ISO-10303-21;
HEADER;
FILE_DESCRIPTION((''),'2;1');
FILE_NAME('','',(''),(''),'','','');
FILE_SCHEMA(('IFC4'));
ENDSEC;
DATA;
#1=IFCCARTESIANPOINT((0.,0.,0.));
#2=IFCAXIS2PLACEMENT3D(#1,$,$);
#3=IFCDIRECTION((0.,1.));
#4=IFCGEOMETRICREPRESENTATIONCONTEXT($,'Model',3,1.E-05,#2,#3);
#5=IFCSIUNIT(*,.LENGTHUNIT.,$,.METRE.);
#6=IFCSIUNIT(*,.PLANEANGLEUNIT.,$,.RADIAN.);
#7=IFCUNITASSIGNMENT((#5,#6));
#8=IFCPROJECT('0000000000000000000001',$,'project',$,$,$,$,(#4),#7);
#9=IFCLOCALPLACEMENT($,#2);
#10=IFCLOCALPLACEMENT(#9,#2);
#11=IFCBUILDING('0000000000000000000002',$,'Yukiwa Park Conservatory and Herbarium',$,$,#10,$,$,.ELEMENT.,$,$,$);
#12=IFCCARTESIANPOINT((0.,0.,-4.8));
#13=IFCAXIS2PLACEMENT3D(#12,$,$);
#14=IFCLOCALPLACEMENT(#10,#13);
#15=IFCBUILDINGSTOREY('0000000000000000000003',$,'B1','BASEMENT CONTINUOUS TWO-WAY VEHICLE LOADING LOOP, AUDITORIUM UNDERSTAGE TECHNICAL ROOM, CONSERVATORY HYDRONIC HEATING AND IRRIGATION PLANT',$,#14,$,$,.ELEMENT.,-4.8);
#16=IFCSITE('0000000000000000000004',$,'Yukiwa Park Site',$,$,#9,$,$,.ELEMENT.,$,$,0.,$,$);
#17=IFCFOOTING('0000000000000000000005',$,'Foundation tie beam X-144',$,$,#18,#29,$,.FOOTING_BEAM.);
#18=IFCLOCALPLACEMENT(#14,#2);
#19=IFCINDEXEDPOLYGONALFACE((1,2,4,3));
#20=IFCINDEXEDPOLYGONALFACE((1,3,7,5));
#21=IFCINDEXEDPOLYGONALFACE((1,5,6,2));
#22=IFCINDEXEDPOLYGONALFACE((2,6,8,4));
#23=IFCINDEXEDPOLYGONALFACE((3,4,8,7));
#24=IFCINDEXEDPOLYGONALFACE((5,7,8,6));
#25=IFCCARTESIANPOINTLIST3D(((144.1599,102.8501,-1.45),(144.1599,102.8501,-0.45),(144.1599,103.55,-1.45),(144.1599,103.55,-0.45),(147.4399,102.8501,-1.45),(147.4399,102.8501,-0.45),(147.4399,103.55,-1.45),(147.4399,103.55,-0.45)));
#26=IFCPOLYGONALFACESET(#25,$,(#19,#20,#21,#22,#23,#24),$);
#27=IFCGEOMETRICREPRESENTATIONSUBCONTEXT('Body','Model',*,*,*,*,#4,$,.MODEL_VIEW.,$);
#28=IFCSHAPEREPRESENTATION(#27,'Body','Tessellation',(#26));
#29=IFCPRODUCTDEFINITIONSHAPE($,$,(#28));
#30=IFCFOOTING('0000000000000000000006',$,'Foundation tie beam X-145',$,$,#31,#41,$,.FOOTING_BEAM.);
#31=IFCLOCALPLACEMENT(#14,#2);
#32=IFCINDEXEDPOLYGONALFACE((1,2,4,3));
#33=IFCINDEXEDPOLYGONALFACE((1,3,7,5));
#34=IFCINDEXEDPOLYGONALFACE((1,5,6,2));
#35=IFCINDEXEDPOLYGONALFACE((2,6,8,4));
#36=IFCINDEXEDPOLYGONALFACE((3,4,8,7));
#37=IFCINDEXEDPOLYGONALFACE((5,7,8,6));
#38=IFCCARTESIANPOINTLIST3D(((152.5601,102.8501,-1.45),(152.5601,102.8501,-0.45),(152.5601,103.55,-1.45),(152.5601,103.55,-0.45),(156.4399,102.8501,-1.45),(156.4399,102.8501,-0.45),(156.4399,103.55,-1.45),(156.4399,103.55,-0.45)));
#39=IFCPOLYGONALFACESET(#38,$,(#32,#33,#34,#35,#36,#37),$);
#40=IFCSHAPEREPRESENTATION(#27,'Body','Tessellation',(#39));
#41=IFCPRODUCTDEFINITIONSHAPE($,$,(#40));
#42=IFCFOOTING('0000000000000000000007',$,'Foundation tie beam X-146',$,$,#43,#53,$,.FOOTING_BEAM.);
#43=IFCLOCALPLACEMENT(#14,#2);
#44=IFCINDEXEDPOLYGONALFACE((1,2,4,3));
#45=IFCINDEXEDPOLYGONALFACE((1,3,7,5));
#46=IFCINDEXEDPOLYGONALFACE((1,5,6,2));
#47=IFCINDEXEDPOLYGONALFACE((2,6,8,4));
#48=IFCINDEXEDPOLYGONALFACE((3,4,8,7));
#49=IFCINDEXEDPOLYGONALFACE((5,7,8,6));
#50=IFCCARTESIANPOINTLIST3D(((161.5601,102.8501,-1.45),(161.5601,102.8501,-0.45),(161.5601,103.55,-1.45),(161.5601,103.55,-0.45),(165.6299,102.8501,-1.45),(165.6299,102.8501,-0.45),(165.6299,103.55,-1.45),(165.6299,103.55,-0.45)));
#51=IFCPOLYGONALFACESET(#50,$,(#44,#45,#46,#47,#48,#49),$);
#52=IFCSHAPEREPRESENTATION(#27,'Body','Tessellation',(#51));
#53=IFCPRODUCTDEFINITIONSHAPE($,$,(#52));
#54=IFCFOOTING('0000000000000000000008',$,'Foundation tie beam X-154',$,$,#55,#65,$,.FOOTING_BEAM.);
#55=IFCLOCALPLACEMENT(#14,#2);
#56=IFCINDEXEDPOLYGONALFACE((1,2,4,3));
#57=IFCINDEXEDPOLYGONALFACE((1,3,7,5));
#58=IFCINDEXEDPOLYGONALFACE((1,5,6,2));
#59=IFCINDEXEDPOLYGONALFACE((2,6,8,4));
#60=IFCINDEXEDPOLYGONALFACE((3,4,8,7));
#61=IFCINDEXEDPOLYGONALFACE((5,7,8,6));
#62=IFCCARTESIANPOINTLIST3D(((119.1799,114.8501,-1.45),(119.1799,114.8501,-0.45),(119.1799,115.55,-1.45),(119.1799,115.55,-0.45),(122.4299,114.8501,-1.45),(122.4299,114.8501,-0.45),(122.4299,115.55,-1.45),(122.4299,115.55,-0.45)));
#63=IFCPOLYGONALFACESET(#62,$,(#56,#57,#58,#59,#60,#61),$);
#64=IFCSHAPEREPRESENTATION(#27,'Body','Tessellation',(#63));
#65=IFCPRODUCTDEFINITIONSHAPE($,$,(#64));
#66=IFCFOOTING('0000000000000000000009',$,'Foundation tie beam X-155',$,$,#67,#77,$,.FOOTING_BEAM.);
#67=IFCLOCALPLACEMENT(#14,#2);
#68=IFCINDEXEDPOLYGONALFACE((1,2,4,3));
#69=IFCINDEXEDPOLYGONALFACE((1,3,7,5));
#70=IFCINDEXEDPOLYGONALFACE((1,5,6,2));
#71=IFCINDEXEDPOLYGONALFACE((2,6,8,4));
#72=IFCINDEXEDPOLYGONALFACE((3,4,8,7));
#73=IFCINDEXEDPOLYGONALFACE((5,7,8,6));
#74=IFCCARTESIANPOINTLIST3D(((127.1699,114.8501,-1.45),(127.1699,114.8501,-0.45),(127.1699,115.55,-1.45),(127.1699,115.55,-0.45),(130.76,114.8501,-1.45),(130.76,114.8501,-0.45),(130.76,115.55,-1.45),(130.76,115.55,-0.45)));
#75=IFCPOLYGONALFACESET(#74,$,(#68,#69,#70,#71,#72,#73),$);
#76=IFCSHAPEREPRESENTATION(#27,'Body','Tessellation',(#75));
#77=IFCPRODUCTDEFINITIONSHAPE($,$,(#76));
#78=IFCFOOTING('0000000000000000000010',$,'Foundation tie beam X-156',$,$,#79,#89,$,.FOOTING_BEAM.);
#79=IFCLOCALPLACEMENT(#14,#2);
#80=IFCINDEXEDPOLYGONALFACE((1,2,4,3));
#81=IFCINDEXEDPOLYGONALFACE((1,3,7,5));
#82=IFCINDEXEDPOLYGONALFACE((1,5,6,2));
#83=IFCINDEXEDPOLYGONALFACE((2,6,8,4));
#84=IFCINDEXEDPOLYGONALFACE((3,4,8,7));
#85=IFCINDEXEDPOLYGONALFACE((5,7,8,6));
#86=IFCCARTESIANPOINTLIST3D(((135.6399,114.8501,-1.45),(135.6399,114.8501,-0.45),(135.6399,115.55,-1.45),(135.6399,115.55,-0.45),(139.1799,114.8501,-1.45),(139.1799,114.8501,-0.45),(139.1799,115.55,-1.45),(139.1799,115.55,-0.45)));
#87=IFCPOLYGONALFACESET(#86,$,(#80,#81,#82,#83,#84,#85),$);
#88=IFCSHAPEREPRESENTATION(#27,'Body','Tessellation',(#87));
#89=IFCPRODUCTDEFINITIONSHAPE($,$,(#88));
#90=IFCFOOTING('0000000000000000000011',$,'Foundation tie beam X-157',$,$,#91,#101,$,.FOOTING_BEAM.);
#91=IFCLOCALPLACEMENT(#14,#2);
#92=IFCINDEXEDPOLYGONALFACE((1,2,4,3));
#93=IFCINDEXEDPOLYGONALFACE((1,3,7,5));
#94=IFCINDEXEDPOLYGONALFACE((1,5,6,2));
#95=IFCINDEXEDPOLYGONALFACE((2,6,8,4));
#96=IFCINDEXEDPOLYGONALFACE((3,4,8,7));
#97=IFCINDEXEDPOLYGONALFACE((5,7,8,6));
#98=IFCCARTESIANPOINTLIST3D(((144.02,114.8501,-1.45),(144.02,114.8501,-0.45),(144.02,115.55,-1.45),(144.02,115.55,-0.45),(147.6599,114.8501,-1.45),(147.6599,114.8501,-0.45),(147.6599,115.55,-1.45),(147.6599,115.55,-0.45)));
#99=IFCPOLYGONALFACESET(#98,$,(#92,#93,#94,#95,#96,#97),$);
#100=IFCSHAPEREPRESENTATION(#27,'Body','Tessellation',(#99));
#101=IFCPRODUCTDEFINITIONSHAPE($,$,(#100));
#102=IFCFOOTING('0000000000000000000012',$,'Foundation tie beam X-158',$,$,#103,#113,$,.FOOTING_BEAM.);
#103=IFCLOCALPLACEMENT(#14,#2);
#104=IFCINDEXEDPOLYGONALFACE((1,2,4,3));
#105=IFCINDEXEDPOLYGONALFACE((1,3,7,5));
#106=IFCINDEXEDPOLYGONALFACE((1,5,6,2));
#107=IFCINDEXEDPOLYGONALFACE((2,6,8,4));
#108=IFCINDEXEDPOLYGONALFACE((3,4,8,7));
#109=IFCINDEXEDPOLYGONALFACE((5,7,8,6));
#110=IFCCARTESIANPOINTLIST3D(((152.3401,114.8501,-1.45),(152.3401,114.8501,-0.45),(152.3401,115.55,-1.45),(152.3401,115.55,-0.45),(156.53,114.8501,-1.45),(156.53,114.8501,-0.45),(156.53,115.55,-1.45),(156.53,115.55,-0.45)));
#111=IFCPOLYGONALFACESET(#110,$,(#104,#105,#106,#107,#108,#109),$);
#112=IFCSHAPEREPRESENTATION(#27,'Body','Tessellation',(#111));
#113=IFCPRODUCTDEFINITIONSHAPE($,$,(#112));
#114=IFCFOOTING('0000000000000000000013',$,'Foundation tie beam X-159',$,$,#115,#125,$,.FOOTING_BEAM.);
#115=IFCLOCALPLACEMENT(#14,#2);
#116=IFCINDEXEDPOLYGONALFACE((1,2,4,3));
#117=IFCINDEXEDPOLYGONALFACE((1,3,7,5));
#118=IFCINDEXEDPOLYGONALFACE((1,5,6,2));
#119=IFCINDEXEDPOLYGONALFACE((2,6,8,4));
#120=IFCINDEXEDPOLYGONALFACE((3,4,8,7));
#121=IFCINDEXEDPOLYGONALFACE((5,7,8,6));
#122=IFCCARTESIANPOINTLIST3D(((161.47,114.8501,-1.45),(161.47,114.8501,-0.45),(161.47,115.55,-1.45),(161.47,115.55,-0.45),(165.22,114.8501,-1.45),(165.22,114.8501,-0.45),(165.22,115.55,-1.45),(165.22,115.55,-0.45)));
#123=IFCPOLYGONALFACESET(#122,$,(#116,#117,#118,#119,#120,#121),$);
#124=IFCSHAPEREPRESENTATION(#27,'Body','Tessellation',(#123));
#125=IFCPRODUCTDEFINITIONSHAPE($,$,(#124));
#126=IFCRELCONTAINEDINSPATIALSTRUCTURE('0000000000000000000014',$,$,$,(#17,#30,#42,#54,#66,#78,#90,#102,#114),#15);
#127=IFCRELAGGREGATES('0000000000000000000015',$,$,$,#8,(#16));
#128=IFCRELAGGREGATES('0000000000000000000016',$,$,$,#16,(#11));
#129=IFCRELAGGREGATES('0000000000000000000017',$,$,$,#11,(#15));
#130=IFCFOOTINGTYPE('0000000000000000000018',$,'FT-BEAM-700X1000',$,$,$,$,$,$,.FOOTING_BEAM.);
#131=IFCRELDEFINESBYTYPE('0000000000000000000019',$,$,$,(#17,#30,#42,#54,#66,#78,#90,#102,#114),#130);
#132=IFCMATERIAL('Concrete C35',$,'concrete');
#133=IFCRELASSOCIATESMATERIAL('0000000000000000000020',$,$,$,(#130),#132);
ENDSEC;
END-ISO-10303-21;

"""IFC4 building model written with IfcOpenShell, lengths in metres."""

from ifc_helpers import new_model, si_unit, direction, frame, origin, place, context, subcontext, project, spatial, polyline, outline, extrude, material, type_object, element, save


model = new_model("IFC4")

# Units and contexts
model_context = context("Model", 3, precision=1e-05, world=origin(), true_north=direction((0.0, 1.0)))
body_context = subcontext(model_context, "Body", "Model", "MODEL_VIEW")
ifc_project = project(units=[si_unit("LENGTHUNIT", "METRE"), si_unit("PLANEANGLEUNIT", "RADIAN")], contexts=[model_context])

# Site, building, storey
site_placement = place(None, origin())
site = spatial("IfcSite", under=ifc_project, at=site_placement, Name="Yukiwa Park Site", CompositionType="ELEMENT", RefElevation=0.0)
building_placement = place(site_placement, origin())
building = spatial("IfcBuilding", under=site, at=building_placement, Name="Yukiwa Park Conservatory and Herbarium", CompositionType="ELEMENT")
storey_placement = place(building_placement, frame((0.0, 0.0, -4.8)))
storey = spatial("IfcBuildingStorey", under=building, at=storey_placement, Name="B1", Description="BASEMENT CONTINUOUS TWO-WAY VEHICLE LOADING LOOP, AUDITORIUM UNDERSTAGE TECHNICAL ROOM, CONSERVATORY HYDRONIC HEATING AND IRRIGATION PLANT", CompositionType="ELEMENT", Elevation=-4.8)

# Footings
ifc_material_1 = material(Name="Concrete C35", Category="concrete")
footing_type_1 = type_object("IfcFootingType", Name="FT-BEAM-700X1000", PredefinedType="FOOTING_BEAM", material=ifc_material_1)
footing_1_placement = place(storey_placement, frame((0.0, 0.0, -1.45)))
element("IfcFooting", 1, at=footing_1_placement, inside=storey, type_object=footing_type_1, Name="Foundation tie beam X-144", PredefinedType="FOOTING_BEAM", context=body_context, shape_type="SweptSolid", body=[
    extrude(outline(polyline([(144.1599, 102.8501), (147.4399, 102.8501), (147.4399, 103.55), (144.1599, 103.55), (144.1599, 102.8501)])), origin(), (0.0, 0.0, 1.0), 1.0),
])
footing_2_placement = place(storey_placement, frame((0.0, 0.0, -1.45)))
element("IfcFooting", 2, at=footing_2_placement, inside=storey, type_object=footing_type_1, Name="Foundation tie beam X-145", PredefinedType="FOOTING_BEAM", context=body_context, shape_type="SweptSolid", body=[
    extrude(outline(polyline([(152.5601, 102.8501), (156.4399, 102.8501), (156.4399, 103.55), (152.5601, 103.55), (152.5601, 102.8501)])), origin(), (0.0, 0.0, 1.0), 1.0),
])
footing_3_placement = place(storey_placement, frame((0.0, 0.0, -1.45)))
element("IfcFooting", 3, at=footing_3_placement, inside=storey, type_object=footing_type_1, Name="Foundation tie beam X-146", PredefinedType="FOOTING_BEAM", context=body_context, shape_type="SweptSolid", body=[
    extrude(outline(polyline([(161.5601, 102.8501), (165.6299, 102.8501), (165.6299, 103.55), (161.5601, 103.55), (161.5601, 102.8501)])), origin(), (0.0, 0.0, 1.0), 1.0),
])
footing_4_placement = place(storey_placement, frame((0.0, 0.0, -1.45)))
element("IfcFooting", 4, at=footing_4_placement, inside=storey, type_object=footing_type_1, Name="Foundation tie beam X-154", PredefinedType="FOOTING_BEAM", context=body_context, shape_type="SweptSolid", body=[
    extrude(outline(polyline([(119.1799, 114.8501), (122.4299, 114.8501), (122.4299, 115.55), (119.1799, 115.55), (119.1799, 114.8501)])), origin(), (0.0, 0.0, 1.0), 1.0),
])
footing_5_placement = place(storey_placement, frame((0.0, 0.0, -1.45)))
element("IfcFooting", 5, at=footing_5_placement, inside=storey, type_object=footing_type_1, Name="Foundation tie beam X-155", PredefinedType="FOOTING_BEAM", context=body_context, shape_type="SweptSolid", body=[
    extrude(outline(polyline([(127.1699, 114.8501), (130.76, 114.8501), (130.76, 115.55), (127.1699, 115.55), (127.1699, 114.8501)])), origin(), (0.0, 0.0, 1.0), 1.0),
])
footing_6_placement = place(storey_placement, frame((0.0, 0.0, -1.45)))
element("IfcFooting", 6, at=footing_6_placement, inside=storey, type_object=footing_type_1, Name="Foundation tie beam X-156", PredefinedType="FOOTING_BEAM", context=body_context, shape_type="SweptSolid", body=[
    extrude(outline(polyline([(135.6399, 114.8501), (139.1799, 114.8501), (139.1799, 115.55), (135.6399, 115.55), (135.6399, 114.8501)])), origin(), (0.0, 0.0, 1.0), 1.0),
])
footing_7_placement = place(storey_placement, frame((0.0, 0.0, -1.45)))
element("IfcFooting", 7, at=footing_7_placement, inside=storey, type_object=footing_type_1, Name="Foundation tie beam X-157", PredefinedType="FOOTING_BEAM", context=body_context, shape_type="SweptSolid", body=[
    extrude(outline(polyline([(144.02, 114.8501), (147.6599, 114.8501), (147.6599, 115.55), (144.02, 115.55), (144.02, 114.8501)])), origin(), (0.0, 0.0, 1.0), 1.0),
])
footing_8_placement = place(storey_placement, frame((0.0, 0.0, -1.45)))
element("IfcFooting", 8, at=footing_8_placement, inside=storey, type_object=footing_type_1, Name="Foundation tie beam X-158", PredefinedType="FOOTING_BEAM", context=body_context, shape_type="SweptSolid", body=[
    extrude(outline(polyline([(152.3401, 114.8501), (156.53, 114.8501), (156.53, 115.55), (152.3401, 115.55), (152.3401, 114.8501)])), origin(), (0.0, 0.0, 1.0), 1.0),
])
footing_9_placement = place(storey_placement, frame((0.0, 0.0, -1.45)))
element("IfcFooting", 9, at=footing_9_placement, inside=storey, type_object=footing_type_1, Name="Foundation tie beam X-159", PredefinedType="FOOTING_BEAM", context=body_context, shape_type="SweptSolid", body=[
    extrude(outline(polyline([(161.47, 114.8501), (165.22, 114.8501), (165.22, 115.55), (161.47, 115.55), (161.47, 114.8501)])), origin(), (0.0, 0.0, 1.0), 1.0),
])

save(model, "model.ifc")
